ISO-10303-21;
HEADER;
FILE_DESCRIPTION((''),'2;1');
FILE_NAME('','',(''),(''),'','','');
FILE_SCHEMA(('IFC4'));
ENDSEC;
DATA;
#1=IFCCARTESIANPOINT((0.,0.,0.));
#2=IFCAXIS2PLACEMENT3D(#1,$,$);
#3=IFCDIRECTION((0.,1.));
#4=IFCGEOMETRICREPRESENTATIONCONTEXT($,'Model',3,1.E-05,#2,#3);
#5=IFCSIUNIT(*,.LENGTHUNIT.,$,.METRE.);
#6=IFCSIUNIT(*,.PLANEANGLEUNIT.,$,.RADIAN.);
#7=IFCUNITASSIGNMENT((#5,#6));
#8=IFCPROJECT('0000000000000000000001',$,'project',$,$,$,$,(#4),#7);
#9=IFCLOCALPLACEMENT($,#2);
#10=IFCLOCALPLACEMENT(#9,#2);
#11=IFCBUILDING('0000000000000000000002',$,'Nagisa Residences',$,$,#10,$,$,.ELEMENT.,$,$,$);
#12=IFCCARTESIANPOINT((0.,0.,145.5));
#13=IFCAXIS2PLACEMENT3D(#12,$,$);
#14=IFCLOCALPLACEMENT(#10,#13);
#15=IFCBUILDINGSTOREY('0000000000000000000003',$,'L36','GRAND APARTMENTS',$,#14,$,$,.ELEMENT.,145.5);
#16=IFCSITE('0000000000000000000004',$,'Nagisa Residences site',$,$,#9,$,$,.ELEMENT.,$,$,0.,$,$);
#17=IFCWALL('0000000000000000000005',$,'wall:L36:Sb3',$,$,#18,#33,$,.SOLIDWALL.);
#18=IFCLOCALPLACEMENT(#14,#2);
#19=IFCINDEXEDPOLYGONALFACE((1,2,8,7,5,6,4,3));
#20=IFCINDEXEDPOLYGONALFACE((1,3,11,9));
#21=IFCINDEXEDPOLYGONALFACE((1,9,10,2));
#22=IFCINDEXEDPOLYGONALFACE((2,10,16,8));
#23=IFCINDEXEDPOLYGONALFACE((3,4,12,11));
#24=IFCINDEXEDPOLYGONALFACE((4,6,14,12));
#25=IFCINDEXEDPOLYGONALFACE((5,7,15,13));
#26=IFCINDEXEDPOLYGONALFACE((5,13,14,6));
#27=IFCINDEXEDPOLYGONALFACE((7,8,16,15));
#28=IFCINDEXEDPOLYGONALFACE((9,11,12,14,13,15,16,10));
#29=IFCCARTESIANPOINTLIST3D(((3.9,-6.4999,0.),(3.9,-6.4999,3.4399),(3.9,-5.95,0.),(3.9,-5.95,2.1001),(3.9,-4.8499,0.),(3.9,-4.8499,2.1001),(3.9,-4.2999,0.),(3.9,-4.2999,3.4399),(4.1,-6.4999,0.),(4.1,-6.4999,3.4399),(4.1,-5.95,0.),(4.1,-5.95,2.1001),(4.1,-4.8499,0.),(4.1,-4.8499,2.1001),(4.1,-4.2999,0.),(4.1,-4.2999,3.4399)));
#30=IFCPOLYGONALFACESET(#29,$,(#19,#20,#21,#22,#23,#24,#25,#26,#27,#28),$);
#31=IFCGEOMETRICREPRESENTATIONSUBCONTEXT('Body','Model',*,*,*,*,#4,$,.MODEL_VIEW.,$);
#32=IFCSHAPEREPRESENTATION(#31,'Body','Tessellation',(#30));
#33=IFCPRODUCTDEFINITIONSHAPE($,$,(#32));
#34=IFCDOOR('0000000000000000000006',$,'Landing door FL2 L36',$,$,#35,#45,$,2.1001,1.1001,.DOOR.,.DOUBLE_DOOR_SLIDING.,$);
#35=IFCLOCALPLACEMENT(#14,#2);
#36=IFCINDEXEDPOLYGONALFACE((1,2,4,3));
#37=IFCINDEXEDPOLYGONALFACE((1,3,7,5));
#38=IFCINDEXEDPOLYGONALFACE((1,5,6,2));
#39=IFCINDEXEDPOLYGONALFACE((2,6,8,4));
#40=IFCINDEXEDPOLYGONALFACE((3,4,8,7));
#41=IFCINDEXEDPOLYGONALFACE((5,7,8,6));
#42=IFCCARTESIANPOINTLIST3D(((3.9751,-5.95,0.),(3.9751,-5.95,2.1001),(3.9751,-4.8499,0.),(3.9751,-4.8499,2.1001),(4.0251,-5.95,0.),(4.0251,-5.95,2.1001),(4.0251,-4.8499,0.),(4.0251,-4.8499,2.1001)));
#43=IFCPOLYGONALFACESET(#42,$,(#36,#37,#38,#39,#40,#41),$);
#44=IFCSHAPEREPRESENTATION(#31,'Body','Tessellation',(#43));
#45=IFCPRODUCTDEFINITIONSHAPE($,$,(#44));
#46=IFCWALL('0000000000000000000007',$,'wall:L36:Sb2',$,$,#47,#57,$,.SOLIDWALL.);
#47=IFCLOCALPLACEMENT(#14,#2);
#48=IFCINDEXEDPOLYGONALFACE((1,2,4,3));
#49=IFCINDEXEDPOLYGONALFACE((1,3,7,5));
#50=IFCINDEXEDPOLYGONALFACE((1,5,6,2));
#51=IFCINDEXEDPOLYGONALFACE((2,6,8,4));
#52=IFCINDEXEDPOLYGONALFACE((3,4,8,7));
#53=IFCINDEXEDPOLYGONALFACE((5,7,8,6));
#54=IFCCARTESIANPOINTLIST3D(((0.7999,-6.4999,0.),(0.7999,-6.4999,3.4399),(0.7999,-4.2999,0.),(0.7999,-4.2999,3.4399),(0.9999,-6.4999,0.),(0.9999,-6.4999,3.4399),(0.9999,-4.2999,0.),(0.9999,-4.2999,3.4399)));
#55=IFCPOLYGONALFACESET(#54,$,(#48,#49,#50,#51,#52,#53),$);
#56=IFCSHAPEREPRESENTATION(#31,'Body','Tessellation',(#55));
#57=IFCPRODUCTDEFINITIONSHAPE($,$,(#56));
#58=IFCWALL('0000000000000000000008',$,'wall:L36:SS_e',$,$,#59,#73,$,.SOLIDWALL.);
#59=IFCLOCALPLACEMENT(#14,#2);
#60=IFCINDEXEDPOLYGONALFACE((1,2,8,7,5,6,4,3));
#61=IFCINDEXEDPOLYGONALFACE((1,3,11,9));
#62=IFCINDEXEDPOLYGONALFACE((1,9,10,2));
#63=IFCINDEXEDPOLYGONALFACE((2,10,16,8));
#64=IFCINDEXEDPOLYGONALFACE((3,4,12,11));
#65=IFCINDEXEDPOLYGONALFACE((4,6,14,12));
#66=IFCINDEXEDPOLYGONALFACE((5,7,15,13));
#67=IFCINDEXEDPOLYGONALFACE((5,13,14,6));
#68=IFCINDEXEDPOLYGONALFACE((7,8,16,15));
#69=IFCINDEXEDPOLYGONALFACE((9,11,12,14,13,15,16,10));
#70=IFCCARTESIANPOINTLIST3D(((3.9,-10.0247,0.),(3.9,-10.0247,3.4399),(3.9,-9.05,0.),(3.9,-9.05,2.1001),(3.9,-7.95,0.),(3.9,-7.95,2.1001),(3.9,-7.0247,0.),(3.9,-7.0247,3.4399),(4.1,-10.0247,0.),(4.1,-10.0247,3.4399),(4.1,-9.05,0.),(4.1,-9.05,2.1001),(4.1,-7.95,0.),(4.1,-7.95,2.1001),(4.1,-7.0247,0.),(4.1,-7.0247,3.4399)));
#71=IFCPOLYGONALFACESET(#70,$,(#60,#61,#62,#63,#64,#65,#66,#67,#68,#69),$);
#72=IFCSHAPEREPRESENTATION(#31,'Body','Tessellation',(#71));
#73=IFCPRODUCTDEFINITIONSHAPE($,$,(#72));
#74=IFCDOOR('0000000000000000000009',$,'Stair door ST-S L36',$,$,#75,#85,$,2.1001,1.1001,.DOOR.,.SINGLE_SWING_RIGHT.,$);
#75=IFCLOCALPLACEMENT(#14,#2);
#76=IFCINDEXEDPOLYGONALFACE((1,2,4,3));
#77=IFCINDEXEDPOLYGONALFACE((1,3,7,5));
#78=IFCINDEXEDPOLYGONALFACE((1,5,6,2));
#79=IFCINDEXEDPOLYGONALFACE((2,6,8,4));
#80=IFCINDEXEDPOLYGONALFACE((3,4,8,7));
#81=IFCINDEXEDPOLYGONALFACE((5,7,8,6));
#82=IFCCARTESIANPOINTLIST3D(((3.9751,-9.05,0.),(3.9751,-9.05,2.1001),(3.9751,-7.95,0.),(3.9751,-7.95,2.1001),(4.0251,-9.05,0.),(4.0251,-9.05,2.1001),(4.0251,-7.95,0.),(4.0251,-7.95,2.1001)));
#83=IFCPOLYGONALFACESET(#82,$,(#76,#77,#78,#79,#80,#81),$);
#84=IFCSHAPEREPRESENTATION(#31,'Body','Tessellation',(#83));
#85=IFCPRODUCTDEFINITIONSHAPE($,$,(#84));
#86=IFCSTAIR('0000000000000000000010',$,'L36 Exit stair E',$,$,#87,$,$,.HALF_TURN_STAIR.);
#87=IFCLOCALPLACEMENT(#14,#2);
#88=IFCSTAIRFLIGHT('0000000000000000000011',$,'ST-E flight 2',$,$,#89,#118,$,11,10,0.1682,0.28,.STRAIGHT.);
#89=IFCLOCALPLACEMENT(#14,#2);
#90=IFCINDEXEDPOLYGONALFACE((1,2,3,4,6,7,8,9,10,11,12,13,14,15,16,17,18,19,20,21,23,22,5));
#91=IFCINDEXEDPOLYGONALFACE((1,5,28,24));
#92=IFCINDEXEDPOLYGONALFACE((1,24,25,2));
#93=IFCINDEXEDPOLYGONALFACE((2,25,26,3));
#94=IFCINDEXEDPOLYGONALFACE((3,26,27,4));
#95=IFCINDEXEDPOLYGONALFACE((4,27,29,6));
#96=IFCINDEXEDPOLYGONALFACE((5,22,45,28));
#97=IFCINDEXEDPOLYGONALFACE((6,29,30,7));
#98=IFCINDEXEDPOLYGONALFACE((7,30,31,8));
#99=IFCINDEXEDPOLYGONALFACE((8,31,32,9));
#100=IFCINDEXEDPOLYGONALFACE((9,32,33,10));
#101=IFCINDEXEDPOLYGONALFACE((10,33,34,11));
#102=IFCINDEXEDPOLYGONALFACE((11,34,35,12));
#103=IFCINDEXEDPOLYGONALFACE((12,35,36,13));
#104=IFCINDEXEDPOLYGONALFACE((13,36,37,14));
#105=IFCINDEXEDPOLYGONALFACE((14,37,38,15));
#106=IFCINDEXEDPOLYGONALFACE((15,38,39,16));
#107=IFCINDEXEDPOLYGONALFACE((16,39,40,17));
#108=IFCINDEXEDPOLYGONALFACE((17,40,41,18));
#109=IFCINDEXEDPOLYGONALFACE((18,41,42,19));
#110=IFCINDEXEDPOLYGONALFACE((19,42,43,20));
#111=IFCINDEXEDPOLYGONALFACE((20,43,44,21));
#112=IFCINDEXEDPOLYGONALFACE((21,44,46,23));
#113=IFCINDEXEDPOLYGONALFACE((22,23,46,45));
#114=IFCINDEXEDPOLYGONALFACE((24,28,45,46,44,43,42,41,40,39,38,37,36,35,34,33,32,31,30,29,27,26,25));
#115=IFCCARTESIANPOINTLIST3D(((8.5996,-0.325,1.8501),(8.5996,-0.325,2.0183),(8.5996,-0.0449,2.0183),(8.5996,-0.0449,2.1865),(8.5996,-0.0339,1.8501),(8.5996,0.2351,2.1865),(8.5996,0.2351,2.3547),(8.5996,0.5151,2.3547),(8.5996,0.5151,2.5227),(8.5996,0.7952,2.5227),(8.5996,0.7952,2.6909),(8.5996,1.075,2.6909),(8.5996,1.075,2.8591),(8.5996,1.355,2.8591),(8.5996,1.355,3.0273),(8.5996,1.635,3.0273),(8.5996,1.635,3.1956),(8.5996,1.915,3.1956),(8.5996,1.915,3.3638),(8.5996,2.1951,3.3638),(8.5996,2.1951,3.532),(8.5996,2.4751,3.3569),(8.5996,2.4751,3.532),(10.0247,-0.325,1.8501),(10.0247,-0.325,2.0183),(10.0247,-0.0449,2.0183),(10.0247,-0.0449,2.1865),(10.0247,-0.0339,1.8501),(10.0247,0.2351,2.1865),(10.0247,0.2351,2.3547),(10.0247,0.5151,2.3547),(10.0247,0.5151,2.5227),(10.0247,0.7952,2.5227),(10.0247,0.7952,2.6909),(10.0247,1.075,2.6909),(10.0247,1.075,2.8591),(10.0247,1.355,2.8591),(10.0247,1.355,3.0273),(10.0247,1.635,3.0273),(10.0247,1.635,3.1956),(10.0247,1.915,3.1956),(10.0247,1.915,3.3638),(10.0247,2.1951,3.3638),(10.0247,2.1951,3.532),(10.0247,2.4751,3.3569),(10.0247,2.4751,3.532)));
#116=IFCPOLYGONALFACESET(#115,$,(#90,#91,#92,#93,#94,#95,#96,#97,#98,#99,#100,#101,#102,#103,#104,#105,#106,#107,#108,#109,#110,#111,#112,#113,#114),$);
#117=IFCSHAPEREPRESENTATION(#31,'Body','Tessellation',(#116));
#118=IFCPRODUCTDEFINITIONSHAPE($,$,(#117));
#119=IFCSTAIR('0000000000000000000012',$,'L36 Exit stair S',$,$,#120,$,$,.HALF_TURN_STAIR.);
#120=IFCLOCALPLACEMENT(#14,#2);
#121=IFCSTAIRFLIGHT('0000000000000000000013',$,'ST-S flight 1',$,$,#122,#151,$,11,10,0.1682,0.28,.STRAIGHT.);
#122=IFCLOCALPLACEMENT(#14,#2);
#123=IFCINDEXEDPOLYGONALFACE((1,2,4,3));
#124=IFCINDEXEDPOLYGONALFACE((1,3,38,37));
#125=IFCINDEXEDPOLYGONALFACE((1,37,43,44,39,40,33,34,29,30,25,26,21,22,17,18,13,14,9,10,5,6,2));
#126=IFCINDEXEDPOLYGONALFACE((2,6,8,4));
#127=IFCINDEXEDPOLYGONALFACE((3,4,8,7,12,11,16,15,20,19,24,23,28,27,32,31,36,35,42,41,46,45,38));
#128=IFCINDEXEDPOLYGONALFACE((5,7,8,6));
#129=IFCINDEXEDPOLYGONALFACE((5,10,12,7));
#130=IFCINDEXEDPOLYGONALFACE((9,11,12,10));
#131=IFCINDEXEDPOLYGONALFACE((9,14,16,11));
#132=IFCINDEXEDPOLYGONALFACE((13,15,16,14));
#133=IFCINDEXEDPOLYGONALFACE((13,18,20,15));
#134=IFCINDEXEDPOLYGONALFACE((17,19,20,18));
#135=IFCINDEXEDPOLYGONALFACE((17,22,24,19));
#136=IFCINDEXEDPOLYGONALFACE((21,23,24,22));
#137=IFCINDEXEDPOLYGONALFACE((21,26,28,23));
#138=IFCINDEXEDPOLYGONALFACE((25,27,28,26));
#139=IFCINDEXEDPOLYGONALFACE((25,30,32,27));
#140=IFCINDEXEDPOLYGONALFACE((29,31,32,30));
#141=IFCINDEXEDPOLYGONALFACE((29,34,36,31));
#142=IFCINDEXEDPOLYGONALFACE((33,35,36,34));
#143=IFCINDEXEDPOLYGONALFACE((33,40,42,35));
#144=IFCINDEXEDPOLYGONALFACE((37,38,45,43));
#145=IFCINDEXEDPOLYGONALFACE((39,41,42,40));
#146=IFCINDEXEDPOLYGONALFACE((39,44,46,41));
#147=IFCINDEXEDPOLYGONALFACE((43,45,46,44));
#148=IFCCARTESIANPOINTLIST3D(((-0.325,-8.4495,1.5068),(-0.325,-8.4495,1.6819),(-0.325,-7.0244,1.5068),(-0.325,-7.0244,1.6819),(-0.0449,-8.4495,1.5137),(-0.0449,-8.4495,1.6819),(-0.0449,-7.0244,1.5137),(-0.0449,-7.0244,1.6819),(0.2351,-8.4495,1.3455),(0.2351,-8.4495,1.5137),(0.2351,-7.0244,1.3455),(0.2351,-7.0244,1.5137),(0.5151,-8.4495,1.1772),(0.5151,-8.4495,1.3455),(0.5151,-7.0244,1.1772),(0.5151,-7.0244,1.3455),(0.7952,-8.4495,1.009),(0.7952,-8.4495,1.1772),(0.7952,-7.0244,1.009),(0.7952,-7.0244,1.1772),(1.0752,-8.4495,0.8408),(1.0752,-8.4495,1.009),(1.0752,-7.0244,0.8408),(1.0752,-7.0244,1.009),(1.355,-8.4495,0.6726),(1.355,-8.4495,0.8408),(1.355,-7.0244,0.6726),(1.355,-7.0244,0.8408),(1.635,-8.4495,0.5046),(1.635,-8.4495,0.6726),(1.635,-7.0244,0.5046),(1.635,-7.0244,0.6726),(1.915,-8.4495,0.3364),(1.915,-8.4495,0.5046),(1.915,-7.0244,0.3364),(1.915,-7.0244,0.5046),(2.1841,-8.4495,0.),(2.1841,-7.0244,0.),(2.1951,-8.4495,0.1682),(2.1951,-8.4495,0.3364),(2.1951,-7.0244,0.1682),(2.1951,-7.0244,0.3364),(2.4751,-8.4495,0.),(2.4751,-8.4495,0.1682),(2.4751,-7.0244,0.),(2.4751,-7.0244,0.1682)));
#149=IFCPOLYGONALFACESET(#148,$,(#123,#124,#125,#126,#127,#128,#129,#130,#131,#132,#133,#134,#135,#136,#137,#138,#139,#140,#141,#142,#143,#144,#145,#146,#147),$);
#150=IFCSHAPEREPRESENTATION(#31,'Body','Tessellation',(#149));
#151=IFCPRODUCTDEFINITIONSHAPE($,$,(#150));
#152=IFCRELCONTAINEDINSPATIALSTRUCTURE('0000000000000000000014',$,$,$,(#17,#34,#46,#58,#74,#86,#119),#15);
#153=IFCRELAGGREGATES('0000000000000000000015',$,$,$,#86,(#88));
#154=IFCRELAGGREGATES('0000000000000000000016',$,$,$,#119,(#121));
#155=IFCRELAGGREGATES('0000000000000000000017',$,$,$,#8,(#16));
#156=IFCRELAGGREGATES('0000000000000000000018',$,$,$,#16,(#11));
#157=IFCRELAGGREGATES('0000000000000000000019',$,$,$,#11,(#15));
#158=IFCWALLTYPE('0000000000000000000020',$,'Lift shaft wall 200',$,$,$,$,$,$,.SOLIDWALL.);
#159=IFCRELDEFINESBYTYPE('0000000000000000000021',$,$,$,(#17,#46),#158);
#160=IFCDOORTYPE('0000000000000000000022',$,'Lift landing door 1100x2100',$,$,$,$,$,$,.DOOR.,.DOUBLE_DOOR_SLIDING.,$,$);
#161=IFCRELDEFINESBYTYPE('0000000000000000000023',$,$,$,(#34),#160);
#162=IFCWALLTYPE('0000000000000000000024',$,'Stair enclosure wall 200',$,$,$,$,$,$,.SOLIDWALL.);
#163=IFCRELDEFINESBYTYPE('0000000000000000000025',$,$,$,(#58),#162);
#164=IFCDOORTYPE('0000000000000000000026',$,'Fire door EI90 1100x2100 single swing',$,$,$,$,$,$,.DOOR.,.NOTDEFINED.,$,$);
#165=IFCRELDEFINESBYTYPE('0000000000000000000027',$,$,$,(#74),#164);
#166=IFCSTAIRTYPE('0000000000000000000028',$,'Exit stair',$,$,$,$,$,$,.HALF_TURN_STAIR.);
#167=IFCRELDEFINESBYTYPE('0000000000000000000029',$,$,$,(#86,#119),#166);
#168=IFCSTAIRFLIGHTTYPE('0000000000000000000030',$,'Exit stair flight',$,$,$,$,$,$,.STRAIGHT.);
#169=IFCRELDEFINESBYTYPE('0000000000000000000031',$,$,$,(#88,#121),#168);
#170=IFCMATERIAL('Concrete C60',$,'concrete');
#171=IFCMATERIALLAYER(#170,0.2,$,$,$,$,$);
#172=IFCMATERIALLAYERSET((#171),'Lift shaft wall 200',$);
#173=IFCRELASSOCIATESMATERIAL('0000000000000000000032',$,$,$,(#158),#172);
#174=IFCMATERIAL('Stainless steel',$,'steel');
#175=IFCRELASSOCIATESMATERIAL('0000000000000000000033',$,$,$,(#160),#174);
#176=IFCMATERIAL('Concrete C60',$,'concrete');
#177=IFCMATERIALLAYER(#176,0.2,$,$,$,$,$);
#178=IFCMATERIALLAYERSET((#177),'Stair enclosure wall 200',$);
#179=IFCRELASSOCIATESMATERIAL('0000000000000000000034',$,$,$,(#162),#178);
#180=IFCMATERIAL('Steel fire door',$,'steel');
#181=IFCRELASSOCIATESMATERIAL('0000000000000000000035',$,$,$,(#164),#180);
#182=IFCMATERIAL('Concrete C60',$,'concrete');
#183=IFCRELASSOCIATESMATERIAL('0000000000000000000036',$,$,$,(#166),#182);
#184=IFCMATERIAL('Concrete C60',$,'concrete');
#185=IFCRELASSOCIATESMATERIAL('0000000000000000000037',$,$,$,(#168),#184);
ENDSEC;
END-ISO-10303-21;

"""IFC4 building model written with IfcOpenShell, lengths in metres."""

from ifc_helpers import new_model, si_unit, direction, frame, frame_2d, origin, place, context, subcontext, project, spatial, polyline, rectangle, outline, extrude, material, layer, layer_set, type_object, element, fill, aggregate, save


model = new_model("IFC4")

# Units and contexts
model_context = context("Model", 3, precision=1e-05, world=origin(), true_north=direction((0.0, 1.0)))
body_context = subcontext(model_context, "Body", "Model", "MODEL_VIEW")
ifc_project = project(units=[si_unit("LENGTHUNIT", "METRE"), si_unit("PLANEANGLEUNIT", "RADIAN")], contexts=[model_context])

# Site, building, storey
site_placement = place(None, origin())
site = spatial("IfcSite", under=ifc_project, at=site_placement, Name="Nagisa Residences site", CompositionType="ELEMENT", RefElevation=0.0)
building_placement = place(site_placement, origin())
building = spatial("IfcBuilding", under=site, at=building_placement, Name="Nagisa Residences", CompositionType="ELEMENT")
storey_placement = place(building_placement, frame((0.0, 0.0, 145.5)))
storey = spatial("IfcBuildingStorey", under=building, at=storey_placement, Name="L36", Description="GRAND APARTMENTS", CompositionType="ELEMENT", Elevation=145.5)

# Wall, opening, door
ifc_material_1 = material(Name="Concrete C60", Category="concrete")
ifc_layer_1 = layer(ifc_material_1, 0.2)
ifc_layer_set_1 = layer_set([ifc_layer_1], Name="Lift shaft wall 200")
wall_type_1 = type_object("IfcWallType", Name="Lift shaft wall 200", PredefinedType="SOLIDWALL", material=ifc_layer_set_1)
wall_1_placement = place(storey_placement, frame((4.0, -6.5, 0.0), z_axis=(0.0, 0.0, 1.0), x_axis=(0.0, 1.0, 0.0)))
wall_1 = element("IfcWall", 1, at=wall_1_placement, inside=storey, type_object=wall_type_1, Name="wall:L36:Sb3", PredefinedType="SOLIDWALL", context=body_context, shape_type="SweptSolid", body=[
    extrude(rectangle(XDim=2.2, YDim=0.2, at=frame_2d((1.1001, 0.0))), origin(), (0.0, 0.0, 1.0), 3.4399),
])
opening_1_placement = place(wall_1_placement, frame((0.55, 0.0, 0.0)))
opening_1 = element("IfcOpeningElement", 2, at=opening_1_placement, cuts=wall_1, PredefinedType="OPENING", context=body_context, shape_type="SweptSolid", body=[
    extrude(rectangle(XDim=1.1001, YDim=2.1001, at=frame_2d((0.55, 1.05))), frame((0.0, 0.1099, 0.0), z_axis=(0.0, -1.0, 0.0), x_axis=(1.0, 0.0, 0.0)), (0.0, 0.0, 1.0), 0.22),
])
ifc_material_2 = material(Name="Stainless steel", Category="steel")
door_type_1 = type_object("IfcDoorType", Name="Lift landing door 1100x2100", OperationType="DOUBLE_DOOR_SLIDING", PredefinedType="DOOR", material=ifc_material_2)
door_1_placement = place(opening_1_placement, origin())
door_1 = element("IfcDoor", 3, at=door_1_placement, inside=storey, type_object=door_type_1, Name="Landing door FL2 L36", OperationType="DOUBLE_DOOR_SLIDING", OverallHeight=2.1001, OverallWidth=1.1001, PredefinedType="DOOR", context=body_context, shape_type="SweptSolid", body=[
    extrude(rectangle(XDim=1.1001, YDim=2.1001, at=frame_2d((0.55, 1.05))), frame((0.0, 0.0249, 0.0), z_axis=(0.0, -1.0, 0.0), x_axis=(1.0, 0.0, 0.0)), (0.0, 0.0, 1.0), 0.05),
])
fill(opening_1, door_1)

# Wall
wall_2_placement = place(storey_placement, frame((0.8999, -6.5, 0.0), z_axis=(0.0, 0.0, 1.0), x_axis=(0.0, 1.0, 0.0)))
element("IfcWall", 4, at=wall_2_placement, inside=storey, type_object=wall_type_1, Name="wall:L36:Sb2", PredefinedType="SOLIDWALL", context=body_context, shape_type="SweptSolid", body=[
    extrude(rectangle(XDim=2.2, YDim=0.2, at=frame_2d((1.1001, 0.0))), origin(), (0.0, 0.0, 1.0), 3.4399),
])

# Wall, opening, door
ifc_material_3 = material(Name="Concrete C60", Category="concrete")
ifc_layer_2 = layer(ifc_material_3, 0.2)
ifc_layer_set_2 = layer_set([ifc_layer_2], Name="Stair enclosure wall 200")
wall_type_2 = type_object("IfcWallType", Name="Stair enclosure wall 200", PredefinedType="SOLIDWALL", material=ifc_layer_set_2)
wall_3_placement = place(storey_placement, frame((4.0, -10.0247, 0.0), z_axis=(0.0, 0.0, 1.0), x_axis=(0.0, 1.0, 0.0)))
wall_3 = element("IfcWall", 5, at=wall_3_placement, inside=storey, type_object=wall_type_2, Name="wall:L36:SS_e", PredefinedType="SOLIDWALL", context=body_context, shape_type="SweptSolid", body=[
    extrude(rectangle(XDim=3.0, YDim=0.2, at=frame_2d((1.5, 0.0))), origin(), (0.0, 0.0, 1.0), 3.4399),
])
opening_2_placement = place(wall_3_placement, frame((0.9746, 0.0, 0.0)))
opening_2 = element("IfcOpeningElement", 6, at=opening_2_placement, cuts=wall_3, PredefinedType="OPENING", context=body_context, shape_type="SweptSolid", body=[
    extrude(rectangle(XDim=1.1001, YDim=2.1001, at=frame_2d((0.55, 1.05))), frame((0.0, 0.1099, 0.0), z_axis=(0.0, -1.0, 0.0), x_axis=(1.0, 0.0, 0.0)), (0.0, 0.0, 1.0), 0.22),
])
ifc_material_4 = material(Name="Steel fire door", Category="steel")
door_type_2 = type_object("IfcDoorType", Name="Fire door EI90 1100x2100 single swing", OperationType="NOTDEFINED", PredefinedType="DOOR", material=ifc_material_4)
door_2_placement = place(opening_2_placement, origin())
door_2 = element("IfcDoor", 7, at=door_2_placement, inside=storey, type_object=door_type_2, Name="Stair door ST-S L36", OperationType="SINGLE_SWING_RIGHT", OverallHeight=2.1001, OverallWidth=1.1001, PredefinedType="DOOR", context=body_context, shape_type="SweptSolid", body=[
    extrude(rectangle(XDim=1.1001, YDim=2.1001, at=frame_2d((0.55, 1.05))), frame((0.0, 0.0249, 0.0), z_axis=(0.0, -1.0, 0.0), x_axis=(1.0, 0.0, 0.0)), (0.0, 0.0, 1.0), 0.05),
])
fill(opening_2, door_2)

# Stairs, stair flights
ifc_material_5 = material(Name="Concrete C60", Category="concrete")
stair_type = type_object("IfcStairType", Name="Exit stair", PredefinedType="HALF_TURN_STAIR", material=ifc_material_5)
stair_1_placement = place(storey_placement, origin())
stair_1 = element("IfcStair", 8, at=stair_1_placement, inside=storey, type_object=stair_type, Name="L36 Exit stair E", PredefinedType="HALF_TURN_STAIR")
ifc_material_6 = material(Name="Concrete C60", Category="concrete")
stair_flight_type = type_object("IfcStairFlightType", Name="Exit stair flight", PredefinedType="STRAIGHT", material=ifc_material_6)
stair_flight_1_placement = place(storey_placement, frame((9.312, -0.325, 1.8501), z_axis=(0.0, 0.0, 1.0), x_axis=(0.0, 1.0, 0.0)))
stair_flight_1 = element("IfcStairFlight", 9, at=stair_flight_1_placement, type_object=stair_flight_type, Name="ST-E flight 2", NumberOfRisers=11, NumberOfTreads=10, PredefinedType="STRAIGHT", RiserHeight=0.1682, TreadLength=0.28, context=body_context, shape_type="SweptSolid", body=[
    extrude(outline(polyline([(0.0, 0.0), (0.0, 0.1682), (0.28, 0.1682), (0.28, 0.3364), (0.5601, 0.3364), (0.5601, 0.5046), (0.8401, 0.5046), (0.8401, 0.6726), (1.1201, 0.6726), (1.1201, 0.8408), (1.3999, 0.8408), (1.3999, 1.009), (1.6799, 1.009), (1.6799, 1.1772), (1.96, 1.1772), (1.96, 1.3455), (2.24, 1.3455), (2.24, 1.5137), (2.52, 1.5137), (2.52, 1.6819), (2.8, 1.6819), (2.8, 1.8501), (2.8, 1.5068), (0.291, 0.0), (0.0, 0.0)])), frame((0.0, 0.7124, 0.0), z_axis=(0.0, -1.0, 0.0), x_axis=(1.0, 0.0, 0.0)), (0.0, 0.0, 1.0), 1.425),
])
aggregate(stair_1, [stair_flight_1])
stair_2_placement = place(storey_placement, origin())
stair_2 = element("IfcStair", 10, at=stair_2_placement, inside=storey, type_object=stair_type, Name="L36 Exit stair S", PredefinedType="HALF_TURN_STAIR")
stair_flight_2_placement = place(storey_placement, frame((2.4751, -7.7371, 0.0), z_axis=(0.0, 0.0, 1.0), x_axis=(-1.0, 0.0, 0.0)))
stair_flight_2 = element("IfcStairFlight", 11, at=stair_flight_2_placement, type_object=stair_flight_type, Name="ST-S flight 1", NumberOfRisers=11, NumberOfTreads=10, PredefinedType="STRAIGHT", RiserHeight=0.1682, TreadLength=0.28, context=body_context, shape_type="SweptSolid", body=[
    extrude(outline(polyline([(0.0, 0.0), (0.0, 0.1682), (0.28, 0.1682), (0.28, 0.3364), (0.5601, 0.3364), (0.5601, 0.5046), (0.8401, 0.5046), (0.8401, 0.6726), (1.1201, 0.6726), (1.1201, 0.8408), (1.3999, 0.8408), (1.3999, 1.009), (1.6799, 1.009), (1.6799, 1.1772), (1.96, 1.1772), (1.96, 1.3455), (2.24, 1.3455), (2.24, 1.5137), (2.52, 1.5137), (2.52, 1.6819), (2.8, 1.6819), (2.8, 1.8501), (2.8, 1.5068), (0.291, 0.0), (0.0, 0.0)])), frame((0.0, 0.7124, 0.0), z_axis=(0.0, -1.0, 0.0), x_axis=(1.0, 0.0, 0.0)), (0.0, 0.0, 1.0), 1.425),
])
aggregate(stair_2, [stair_flight_2])

save(model, "model.ifc")
